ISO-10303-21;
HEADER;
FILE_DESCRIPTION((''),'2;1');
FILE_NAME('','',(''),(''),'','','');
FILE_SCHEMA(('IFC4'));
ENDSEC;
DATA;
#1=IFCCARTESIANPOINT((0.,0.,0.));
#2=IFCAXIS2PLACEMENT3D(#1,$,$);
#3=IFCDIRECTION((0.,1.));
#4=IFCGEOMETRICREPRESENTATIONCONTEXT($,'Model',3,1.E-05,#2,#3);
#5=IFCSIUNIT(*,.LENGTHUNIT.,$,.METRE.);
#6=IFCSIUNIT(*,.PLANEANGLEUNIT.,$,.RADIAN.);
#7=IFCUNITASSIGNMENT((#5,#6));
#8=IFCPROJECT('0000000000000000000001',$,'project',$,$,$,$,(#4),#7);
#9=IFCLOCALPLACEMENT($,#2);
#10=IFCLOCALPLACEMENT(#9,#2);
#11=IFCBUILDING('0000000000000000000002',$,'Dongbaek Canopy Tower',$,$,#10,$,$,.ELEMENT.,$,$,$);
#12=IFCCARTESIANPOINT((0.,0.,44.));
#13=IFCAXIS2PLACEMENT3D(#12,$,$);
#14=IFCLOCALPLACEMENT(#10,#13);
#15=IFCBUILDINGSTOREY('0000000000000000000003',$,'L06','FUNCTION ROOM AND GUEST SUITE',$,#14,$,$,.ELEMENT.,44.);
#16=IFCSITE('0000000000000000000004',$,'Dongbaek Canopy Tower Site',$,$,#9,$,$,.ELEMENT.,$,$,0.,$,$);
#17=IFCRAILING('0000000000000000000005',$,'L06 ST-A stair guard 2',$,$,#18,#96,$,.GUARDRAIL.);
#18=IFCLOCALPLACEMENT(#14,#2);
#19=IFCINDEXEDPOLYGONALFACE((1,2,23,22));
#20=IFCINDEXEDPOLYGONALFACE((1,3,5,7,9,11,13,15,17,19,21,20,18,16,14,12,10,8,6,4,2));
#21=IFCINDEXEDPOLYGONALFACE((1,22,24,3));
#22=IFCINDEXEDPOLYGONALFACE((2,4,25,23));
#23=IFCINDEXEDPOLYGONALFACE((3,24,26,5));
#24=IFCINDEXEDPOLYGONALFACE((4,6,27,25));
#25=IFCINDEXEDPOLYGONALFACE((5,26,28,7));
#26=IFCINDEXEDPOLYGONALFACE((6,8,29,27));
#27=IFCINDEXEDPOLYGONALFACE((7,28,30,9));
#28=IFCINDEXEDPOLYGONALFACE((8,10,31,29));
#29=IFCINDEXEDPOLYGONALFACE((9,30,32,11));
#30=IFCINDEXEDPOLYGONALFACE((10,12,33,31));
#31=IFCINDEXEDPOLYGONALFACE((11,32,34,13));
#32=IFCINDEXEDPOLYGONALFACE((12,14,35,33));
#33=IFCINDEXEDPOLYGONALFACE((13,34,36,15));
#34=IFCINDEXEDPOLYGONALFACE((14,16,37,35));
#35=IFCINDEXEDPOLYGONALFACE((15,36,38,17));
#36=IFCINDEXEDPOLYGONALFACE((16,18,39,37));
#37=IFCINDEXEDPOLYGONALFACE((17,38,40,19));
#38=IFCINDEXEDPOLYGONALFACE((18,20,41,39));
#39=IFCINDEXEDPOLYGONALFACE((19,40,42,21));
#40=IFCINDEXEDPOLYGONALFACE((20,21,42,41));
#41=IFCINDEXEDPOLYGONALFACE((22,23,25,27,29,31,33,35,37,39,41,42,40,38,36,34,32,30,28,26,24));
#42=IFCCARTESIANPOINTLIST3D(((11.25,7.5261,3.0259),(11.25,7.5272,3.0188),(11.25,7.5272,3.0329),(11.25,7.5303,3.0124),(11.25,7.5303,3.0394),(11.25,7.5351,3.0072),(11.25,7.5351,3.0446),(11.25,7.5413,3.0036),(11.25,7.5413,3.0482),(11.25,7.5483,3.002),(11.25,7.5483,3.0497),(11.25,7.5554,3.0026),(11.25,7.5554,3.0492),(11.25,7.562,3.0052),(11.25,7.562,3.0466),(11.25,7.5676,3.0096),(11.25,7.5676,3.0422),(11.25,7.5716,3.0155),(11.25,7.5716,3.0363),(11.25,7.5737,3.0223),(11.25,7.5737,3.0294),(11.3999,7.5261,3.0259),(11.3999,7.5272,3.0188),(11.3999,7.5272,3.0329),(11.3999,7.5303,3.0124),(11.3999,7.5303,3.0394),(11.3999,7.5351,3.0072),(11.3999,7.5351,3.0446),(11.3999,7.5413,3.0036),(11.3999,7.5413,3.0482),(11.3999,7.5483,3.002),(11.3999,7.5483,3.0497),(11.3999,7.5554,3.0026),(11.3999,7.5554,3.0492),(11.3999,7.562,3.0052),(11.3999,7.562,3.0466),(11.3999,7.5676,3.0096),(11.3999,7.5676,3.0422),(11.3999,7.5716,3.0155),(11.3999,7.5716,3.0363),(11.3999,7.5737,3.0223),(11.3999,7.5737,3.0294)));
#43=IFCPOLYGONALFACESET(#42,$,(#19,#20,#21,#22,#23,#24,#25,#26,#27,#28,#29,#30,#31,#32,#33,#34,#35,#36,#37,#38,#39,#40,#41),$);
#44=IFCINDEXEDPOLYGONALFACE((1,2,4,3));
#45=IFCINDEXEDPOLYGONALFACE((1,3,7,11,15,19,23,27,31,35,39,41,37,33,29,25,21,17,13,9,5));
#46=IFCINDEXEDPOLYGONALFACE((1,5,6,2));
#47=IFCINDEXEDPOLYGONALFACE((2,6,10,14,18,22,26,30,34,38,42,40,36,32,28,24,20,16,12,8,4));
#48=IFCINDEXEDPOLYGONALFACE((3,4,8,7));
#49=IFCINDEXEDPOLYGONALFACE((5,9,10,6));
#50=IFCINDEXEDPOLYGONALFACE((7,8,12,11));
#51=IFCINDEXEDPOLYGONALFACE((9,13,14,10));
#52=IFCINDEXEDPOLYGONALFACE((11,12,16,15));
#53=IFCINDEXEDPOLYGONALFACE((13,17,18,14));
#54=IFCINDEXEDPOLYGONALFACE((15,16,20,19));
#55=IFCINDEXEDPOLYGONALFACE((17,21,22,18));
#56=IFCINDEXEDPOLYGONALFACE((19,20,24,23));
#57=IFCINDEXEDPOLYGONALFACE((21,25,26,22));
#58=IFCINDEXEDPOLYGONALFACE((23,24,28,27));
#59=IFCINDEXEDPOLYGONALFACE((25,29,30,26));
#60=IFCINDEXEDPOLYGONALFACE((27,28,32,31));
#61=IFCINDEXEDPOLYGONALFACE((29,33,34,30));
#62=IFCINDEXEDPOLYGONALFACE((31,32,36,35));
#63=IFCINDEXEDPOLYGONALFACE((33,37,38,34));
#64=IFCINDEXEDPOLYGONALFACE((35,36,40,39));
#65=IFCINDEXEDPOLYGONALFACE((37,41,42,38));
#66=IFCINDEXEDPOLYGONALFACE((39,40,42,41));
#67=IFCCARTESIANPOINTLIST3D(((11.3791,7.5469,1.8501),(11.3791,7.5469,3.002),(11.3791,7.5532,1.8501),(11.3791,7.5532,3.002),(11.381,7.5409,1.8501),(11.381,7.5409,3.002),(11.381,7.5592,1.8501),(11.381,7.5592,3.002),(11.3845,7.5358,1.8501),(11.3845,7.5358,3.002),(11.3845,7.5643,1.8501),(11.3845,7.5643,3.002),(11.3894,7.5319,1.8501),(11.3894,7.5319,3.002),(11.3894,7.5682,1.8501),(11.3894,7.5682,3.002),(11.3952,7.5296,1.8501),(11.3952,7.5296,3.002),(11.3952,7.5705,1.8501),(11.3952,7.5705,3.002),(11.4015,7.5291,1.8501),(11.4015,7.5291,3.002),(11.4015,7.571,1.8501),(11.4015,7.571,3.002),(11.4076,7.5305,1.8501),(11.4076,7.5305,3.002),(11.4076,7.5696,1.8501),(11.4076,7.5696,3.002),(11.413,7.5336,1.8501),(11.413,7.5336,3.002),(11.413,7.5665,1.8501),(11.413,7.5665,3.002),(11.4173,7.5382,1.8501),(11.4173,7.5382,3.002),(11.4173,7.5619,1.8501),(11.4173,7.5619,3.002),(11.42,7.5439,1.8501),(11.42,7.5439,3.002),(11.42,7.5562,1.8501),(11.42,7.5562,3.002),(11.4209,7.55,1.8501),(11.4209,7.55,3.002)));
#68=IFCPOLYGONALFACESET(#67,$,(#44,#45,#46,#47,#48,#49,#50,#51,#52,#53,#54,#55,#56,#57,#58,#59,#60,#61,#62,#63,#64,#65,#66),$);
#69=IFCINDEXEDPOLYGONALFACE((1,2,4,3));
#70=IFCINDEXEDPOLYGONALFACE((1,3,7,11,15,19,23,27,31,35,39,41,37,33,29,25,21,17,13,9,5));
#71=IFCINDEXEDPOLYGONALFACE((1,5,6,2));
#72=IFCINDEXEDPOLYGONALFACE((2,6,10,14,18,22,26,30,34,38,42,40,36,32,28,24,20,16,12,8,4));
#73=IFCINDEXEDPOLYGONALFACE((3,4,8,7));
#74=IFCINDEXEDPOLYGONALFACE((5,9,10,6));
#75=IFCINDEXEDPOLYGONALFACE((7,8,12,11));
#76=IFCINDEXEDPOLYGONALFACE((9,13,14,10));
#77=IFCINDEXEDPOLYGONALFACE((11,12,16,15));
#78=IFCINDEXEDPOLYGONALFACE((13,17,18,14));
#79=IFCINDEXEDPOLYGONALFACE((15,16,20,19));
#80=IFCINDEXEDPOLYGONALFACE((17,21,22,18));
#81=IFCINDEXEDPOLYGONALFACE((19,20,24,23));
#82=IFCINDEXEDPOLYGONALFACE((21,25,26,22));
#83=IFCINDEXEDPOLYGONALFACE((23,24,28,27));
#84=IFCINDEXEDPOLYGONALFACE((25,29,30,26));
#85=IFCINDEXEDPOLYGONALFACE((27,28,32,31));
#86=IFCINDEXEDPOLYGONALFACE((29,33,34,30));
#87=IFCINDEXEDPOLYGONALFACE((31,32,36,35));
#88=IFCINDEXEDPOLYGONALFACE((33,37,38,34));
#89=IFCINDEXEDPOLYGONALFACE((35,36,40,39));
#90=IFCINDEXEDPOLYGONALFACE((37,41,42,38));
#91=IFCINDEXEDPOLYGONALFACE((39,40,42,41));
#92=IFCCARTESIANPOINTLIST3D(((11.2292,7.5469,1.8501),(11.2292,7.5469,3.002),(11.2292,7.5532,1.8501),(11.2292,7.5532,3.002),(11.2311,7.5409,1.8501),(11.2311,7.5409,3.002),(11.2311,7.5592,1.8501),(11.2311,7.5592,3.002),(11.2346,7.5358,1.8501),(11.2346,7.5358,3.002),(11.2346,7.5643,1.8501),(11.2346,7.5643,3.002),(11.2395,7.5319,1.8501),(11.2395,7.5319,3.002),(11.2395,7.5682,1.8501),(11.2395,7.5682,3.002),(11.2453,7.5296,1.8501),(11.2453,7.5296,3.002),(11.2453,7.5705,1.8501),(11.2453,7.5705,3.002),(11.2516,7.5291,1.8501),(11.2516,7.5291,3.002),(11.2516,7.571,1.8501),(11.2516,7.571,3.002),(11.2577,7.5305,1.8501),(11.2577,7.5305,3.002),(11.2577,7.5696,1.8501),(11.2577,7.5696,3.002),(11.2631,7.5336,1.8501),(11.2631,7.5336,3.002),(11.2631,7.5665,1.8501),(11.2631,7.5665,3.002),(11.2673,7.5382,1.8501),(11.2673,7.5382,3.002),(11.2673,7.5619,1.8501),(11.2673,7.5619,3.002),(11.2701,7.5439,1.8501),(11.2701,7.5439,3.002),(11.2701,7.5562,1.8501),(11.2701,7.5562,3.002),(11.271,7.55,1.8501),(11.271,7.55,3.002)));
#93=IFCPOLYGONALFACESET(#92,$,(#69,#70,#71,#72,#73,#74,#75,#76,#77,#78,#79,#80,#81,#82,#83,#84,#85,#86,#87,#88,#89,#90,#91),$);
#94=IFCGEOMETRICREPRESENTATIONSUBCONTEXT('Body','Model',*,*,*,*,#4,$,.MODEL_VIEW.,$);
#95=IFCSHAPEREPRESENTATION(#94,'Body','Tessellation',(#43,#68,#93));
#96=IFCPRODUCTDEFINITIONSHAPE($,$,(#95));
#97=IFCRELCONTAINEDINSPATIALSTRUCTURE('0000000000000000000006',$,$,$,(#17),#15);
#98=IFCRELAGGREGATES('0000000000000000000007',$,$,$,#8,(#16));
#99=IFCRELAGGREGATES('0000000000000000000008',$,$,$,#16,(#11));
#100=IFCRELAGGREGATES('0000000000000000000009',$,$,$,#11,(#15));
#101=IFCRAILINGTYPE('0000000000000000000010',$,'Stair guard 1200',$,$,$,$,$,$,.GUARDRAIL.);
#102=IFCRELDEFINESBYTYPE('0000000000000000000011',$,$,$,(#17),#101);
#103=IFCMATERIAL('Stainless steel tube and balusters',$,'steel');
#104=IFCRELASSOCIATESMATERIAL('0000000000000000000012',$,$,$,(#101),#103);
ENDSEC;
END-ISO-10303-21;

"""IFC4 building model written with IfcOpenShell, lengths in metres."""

from ifc_helpers import new_model, si_unit, direction, frame, origin, origin_2d, place, context, subcontext, project, spatial, circle, extrude, material, type_object, element, save


model = new_model("IFC4")

# Units and contexts
model_context = context("Model", 3, precision=1e-05, world=origin(), true_north=direction((0.0, 1.0)))
body_context = subcontext(model_context, "Body", "Model", "MODEL_VIEW")
ifc_project = project(units=[si_unit("LENGTHUNIT", "METRE"), si_unit("PLANEANGLEUNIT", "RADIAN")], contexts=[model_context])

# Site, building, storey
site_placement = place(None, origin())
site = spatial("IfcSite", under=ifc_project, at=site_placement, Name="Dongbaek Canopy Tower Site", CompositionType="ELEMENT", RefElevation=0.0)
building_placement = place(site_placement, origin())
building = spatial("IfcBuilding", under=site, at=building_placement, Name="Dongbaek Canopy Tower", CompositionType="ELEMENT")
storey_placement = place(building_placement, frame((0.0, 0.0, 44.0)))
storey = spatial("IfcBuildingStorey", under=building, at=storey_placement, Name="L06", Description="FUNCTION ROOM AND GUEST SUITE", CompositionType="ELEMENT", Elevation=44.0)

# Railing
ifc_material_1 = material(Name="Stainless steel tube and balusters", Category="steel")
railing_type_1 = type_object("IfcRailingType", Name="Stair guard 1200", PredefinedType="GUARDRAIL", material=ifc_material_1)
railing_1_placement = place(storey_placement, frame((11.3999, 7.55, 1.8501)))
element("IfcRailing", 1, at=railing_1_placement, inside=storey, type_object=railing_type_1, Name="L06 ST-A stair guard 2", PredefinedType="GUARDRAIL", context=body_context, shape_type="SweptSolid", body=[
    extrude(circle(Radius=0.0239, at=origin_2d()), frame((0.0, 0.0, 1.1758), z_axis=(-1.0, 0.0, 0.0), x_axis=(0.0, -1.0, 0.0)), (0.0, 0.0, 1.0), 0.1499),
    extrude(circle(Radius=0.021, at=origin_2d()), origin(), (0.0, 0.0, 1.0), 1.1519),
    extrude(circle(Radius=0.021, at=origin_2d()), frame((-0.1499, 0.0, 0.0)), (0.0, 0.0, 1.0), 1.1519),
])

save(model, "model.ifc")
